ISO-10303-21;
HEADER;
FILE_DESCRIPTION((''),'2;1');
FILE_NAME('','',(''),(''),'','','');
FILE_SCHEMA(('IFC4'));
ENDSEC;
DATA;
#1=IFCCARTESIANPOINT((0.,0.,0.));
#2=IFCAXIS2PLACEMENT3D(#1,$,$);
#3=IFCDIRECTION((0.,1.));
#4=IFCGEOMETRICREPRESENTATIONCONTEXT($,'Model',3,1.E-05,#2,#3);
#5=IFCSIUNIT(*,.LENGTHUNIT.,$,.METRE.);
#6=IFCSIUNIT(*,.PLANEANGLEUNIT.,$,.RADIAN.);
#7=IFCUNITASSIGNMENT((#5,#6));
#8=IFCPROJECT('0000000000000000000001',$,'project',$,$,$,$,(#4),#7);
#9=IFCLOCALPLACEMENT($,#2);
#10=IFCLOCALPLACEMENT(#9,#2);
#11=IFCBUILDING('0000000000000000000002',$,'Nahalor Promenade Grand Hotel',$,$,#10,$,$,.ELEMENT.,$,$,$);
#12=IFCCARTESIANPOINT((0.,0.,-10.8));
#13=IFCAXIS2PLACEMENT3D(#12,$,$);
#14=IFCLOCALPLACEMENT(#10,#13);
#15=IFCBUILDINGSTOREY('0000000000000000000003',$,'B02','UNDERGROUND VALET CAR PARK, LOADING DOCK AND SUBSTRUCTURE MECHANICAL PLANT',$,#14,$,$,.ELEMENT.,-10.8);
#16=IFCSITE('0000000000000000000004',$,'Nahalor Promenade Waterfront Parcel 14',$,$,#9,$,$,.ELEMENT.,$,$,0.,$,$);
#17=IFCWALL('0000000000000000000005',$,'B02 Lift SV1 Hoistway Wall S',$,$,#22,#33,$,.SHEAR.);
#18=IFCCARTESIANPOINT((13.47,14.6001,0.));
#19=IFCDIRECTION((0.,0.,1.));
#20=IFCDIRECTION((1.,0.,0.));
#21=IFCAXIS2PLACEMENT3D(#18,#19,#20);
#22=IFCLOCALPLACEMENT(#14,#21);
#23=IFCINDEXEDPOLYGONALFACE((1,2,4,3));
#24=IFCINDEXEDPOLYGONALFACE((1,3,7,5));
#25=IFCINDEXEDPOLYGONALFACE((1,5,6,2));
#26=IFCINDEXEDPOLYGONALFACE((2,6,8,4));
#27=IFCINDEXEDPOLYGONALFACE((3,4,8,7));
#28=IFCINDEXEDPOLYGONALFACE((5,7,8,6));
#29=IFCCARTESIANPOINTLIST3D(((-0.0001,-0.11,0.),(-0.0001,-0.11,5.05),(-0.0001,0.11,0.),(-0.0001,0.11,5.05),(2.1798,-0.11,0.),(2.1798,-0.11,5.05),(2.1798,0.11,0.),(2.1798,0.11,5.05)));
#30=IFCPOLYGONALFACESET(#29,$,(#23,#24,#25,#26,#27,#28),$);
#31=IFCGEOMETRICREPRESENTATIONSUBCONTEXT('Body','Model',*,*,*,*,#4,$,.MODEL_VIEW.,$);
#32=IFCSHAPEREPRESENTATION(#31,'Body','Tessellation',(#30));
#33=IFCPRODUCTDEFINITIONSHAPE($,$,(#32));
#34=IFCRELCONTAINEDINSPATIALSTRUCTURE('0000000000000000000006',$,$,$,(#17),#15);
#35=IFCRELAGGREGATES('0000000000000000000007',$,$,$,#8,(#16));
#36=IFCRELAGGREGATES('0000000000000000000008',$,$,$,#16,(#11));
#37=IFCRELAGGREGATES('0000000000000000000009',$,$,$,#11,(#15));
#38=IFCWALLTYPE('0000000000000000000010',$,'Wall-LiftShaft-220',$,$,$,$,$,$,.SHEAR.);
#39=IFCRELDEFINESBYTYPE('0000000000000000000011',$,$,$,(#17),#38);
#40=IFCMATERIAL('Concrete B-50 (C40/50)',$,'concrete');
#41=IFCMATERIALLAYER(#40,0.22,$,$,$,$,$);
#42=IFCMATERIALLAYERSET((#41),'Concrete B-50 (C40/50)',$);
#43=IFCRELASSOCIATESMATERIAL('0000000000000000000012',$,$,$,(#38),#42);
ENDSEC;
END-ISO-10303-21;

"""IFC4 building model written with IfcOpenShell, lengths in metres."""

from ifc_helpers import new_model, si_unit, direction, frame, frame_2d, origin, place, context, subcontext, project, spatial, rectangle, extrude, source, transform, mapped, material, layer, layer_set, type_object, element, save


model = new_model("IFC4")

# Units and contexts
model_context = context("Model", 3, precision=1e-05, world=origin(), true_north=direction((0.0, 1.0)))
body_context = subcontext(model_context, "Body", "Model", "MODEL_VIEW")
ifc_project = project(units=[si_unit("LENGTHUNIT", "METRE"), si_unit("PLANEANGLEUNIT", "RADIAN")], contexts=[model_context])

# Site, building, storey
site_placement = place(None, origin())
site = spatial("IfcSite", under=ifc_project, at=site_placement, Name="Nahalor Promenade Waterfront Parcel 14", CompositionType="ELEMENT", RefElevation=0.0)
building_placement = place(site_placement, origin())
building = spatial("IfcBuilding", under=site, at=building_placement, Name="Nahalor Promenade Grand Hotel", CompositionType="ELEMENT")
storey_placement = place(building_placement, frame((0.0, 0.0, -10.8)))
storey = spatial("IfcBuildingStorey", under=building, at=storey_placement, Name="B02", Description="UNDERGROUND VALET CAR PARK, LOADING DOCK AND SUBSTRUCTURE MECHANICAL PLANT", CompositionType="ELEMENT", Elevation=-10.8)

# Shared definitions
ifc_material_1 = material(Name="Concrete B-50 (C40/50)", Category="concrete")

# Shared definitions
ifc_layer_1 = layer(ifc_material_1, 0.22)
ifc_layer_set_1 = layer_set([ifc_layer_1], Name="Concrete B-50 (C40/50)")
wall_type_1 = type_object("IfcWallType", Name="Wall-LiftShaft-220", PredefinedType="SHEAR", material=ifc_layer_set_1)

# Wall
shared_shape_1 = source(origin(), body_context, "Body", "SweptSolid", [
    extrude(rectangle(XDim=2.1799, YDim=0.22, at=frame_2d((1.0898, 0.0))), origin(), (0.0, 0.0, 1.0), 5.05),
])
wall_1_placement = place(storey_placement, frame((13.47, 14.6001, 0.0), z_axis=(0.0, 0.0, 1.0), x_axis=(1.0, 0.0, 0.0)))
element("IfcWall", 1, at=wall_1_placement, inside=storey, type_object=wall_type_1, Name="B02 Lift SV1 Hoistway Wall S", PredefinedType="SHEAR", context=body_context, shape_type="MappedRepresentation", body=[
    mapped(shared_shape_1, transform((0.0, 0.0, 0.0), scale=1.0)),
])

save(model, "model.ifc")
